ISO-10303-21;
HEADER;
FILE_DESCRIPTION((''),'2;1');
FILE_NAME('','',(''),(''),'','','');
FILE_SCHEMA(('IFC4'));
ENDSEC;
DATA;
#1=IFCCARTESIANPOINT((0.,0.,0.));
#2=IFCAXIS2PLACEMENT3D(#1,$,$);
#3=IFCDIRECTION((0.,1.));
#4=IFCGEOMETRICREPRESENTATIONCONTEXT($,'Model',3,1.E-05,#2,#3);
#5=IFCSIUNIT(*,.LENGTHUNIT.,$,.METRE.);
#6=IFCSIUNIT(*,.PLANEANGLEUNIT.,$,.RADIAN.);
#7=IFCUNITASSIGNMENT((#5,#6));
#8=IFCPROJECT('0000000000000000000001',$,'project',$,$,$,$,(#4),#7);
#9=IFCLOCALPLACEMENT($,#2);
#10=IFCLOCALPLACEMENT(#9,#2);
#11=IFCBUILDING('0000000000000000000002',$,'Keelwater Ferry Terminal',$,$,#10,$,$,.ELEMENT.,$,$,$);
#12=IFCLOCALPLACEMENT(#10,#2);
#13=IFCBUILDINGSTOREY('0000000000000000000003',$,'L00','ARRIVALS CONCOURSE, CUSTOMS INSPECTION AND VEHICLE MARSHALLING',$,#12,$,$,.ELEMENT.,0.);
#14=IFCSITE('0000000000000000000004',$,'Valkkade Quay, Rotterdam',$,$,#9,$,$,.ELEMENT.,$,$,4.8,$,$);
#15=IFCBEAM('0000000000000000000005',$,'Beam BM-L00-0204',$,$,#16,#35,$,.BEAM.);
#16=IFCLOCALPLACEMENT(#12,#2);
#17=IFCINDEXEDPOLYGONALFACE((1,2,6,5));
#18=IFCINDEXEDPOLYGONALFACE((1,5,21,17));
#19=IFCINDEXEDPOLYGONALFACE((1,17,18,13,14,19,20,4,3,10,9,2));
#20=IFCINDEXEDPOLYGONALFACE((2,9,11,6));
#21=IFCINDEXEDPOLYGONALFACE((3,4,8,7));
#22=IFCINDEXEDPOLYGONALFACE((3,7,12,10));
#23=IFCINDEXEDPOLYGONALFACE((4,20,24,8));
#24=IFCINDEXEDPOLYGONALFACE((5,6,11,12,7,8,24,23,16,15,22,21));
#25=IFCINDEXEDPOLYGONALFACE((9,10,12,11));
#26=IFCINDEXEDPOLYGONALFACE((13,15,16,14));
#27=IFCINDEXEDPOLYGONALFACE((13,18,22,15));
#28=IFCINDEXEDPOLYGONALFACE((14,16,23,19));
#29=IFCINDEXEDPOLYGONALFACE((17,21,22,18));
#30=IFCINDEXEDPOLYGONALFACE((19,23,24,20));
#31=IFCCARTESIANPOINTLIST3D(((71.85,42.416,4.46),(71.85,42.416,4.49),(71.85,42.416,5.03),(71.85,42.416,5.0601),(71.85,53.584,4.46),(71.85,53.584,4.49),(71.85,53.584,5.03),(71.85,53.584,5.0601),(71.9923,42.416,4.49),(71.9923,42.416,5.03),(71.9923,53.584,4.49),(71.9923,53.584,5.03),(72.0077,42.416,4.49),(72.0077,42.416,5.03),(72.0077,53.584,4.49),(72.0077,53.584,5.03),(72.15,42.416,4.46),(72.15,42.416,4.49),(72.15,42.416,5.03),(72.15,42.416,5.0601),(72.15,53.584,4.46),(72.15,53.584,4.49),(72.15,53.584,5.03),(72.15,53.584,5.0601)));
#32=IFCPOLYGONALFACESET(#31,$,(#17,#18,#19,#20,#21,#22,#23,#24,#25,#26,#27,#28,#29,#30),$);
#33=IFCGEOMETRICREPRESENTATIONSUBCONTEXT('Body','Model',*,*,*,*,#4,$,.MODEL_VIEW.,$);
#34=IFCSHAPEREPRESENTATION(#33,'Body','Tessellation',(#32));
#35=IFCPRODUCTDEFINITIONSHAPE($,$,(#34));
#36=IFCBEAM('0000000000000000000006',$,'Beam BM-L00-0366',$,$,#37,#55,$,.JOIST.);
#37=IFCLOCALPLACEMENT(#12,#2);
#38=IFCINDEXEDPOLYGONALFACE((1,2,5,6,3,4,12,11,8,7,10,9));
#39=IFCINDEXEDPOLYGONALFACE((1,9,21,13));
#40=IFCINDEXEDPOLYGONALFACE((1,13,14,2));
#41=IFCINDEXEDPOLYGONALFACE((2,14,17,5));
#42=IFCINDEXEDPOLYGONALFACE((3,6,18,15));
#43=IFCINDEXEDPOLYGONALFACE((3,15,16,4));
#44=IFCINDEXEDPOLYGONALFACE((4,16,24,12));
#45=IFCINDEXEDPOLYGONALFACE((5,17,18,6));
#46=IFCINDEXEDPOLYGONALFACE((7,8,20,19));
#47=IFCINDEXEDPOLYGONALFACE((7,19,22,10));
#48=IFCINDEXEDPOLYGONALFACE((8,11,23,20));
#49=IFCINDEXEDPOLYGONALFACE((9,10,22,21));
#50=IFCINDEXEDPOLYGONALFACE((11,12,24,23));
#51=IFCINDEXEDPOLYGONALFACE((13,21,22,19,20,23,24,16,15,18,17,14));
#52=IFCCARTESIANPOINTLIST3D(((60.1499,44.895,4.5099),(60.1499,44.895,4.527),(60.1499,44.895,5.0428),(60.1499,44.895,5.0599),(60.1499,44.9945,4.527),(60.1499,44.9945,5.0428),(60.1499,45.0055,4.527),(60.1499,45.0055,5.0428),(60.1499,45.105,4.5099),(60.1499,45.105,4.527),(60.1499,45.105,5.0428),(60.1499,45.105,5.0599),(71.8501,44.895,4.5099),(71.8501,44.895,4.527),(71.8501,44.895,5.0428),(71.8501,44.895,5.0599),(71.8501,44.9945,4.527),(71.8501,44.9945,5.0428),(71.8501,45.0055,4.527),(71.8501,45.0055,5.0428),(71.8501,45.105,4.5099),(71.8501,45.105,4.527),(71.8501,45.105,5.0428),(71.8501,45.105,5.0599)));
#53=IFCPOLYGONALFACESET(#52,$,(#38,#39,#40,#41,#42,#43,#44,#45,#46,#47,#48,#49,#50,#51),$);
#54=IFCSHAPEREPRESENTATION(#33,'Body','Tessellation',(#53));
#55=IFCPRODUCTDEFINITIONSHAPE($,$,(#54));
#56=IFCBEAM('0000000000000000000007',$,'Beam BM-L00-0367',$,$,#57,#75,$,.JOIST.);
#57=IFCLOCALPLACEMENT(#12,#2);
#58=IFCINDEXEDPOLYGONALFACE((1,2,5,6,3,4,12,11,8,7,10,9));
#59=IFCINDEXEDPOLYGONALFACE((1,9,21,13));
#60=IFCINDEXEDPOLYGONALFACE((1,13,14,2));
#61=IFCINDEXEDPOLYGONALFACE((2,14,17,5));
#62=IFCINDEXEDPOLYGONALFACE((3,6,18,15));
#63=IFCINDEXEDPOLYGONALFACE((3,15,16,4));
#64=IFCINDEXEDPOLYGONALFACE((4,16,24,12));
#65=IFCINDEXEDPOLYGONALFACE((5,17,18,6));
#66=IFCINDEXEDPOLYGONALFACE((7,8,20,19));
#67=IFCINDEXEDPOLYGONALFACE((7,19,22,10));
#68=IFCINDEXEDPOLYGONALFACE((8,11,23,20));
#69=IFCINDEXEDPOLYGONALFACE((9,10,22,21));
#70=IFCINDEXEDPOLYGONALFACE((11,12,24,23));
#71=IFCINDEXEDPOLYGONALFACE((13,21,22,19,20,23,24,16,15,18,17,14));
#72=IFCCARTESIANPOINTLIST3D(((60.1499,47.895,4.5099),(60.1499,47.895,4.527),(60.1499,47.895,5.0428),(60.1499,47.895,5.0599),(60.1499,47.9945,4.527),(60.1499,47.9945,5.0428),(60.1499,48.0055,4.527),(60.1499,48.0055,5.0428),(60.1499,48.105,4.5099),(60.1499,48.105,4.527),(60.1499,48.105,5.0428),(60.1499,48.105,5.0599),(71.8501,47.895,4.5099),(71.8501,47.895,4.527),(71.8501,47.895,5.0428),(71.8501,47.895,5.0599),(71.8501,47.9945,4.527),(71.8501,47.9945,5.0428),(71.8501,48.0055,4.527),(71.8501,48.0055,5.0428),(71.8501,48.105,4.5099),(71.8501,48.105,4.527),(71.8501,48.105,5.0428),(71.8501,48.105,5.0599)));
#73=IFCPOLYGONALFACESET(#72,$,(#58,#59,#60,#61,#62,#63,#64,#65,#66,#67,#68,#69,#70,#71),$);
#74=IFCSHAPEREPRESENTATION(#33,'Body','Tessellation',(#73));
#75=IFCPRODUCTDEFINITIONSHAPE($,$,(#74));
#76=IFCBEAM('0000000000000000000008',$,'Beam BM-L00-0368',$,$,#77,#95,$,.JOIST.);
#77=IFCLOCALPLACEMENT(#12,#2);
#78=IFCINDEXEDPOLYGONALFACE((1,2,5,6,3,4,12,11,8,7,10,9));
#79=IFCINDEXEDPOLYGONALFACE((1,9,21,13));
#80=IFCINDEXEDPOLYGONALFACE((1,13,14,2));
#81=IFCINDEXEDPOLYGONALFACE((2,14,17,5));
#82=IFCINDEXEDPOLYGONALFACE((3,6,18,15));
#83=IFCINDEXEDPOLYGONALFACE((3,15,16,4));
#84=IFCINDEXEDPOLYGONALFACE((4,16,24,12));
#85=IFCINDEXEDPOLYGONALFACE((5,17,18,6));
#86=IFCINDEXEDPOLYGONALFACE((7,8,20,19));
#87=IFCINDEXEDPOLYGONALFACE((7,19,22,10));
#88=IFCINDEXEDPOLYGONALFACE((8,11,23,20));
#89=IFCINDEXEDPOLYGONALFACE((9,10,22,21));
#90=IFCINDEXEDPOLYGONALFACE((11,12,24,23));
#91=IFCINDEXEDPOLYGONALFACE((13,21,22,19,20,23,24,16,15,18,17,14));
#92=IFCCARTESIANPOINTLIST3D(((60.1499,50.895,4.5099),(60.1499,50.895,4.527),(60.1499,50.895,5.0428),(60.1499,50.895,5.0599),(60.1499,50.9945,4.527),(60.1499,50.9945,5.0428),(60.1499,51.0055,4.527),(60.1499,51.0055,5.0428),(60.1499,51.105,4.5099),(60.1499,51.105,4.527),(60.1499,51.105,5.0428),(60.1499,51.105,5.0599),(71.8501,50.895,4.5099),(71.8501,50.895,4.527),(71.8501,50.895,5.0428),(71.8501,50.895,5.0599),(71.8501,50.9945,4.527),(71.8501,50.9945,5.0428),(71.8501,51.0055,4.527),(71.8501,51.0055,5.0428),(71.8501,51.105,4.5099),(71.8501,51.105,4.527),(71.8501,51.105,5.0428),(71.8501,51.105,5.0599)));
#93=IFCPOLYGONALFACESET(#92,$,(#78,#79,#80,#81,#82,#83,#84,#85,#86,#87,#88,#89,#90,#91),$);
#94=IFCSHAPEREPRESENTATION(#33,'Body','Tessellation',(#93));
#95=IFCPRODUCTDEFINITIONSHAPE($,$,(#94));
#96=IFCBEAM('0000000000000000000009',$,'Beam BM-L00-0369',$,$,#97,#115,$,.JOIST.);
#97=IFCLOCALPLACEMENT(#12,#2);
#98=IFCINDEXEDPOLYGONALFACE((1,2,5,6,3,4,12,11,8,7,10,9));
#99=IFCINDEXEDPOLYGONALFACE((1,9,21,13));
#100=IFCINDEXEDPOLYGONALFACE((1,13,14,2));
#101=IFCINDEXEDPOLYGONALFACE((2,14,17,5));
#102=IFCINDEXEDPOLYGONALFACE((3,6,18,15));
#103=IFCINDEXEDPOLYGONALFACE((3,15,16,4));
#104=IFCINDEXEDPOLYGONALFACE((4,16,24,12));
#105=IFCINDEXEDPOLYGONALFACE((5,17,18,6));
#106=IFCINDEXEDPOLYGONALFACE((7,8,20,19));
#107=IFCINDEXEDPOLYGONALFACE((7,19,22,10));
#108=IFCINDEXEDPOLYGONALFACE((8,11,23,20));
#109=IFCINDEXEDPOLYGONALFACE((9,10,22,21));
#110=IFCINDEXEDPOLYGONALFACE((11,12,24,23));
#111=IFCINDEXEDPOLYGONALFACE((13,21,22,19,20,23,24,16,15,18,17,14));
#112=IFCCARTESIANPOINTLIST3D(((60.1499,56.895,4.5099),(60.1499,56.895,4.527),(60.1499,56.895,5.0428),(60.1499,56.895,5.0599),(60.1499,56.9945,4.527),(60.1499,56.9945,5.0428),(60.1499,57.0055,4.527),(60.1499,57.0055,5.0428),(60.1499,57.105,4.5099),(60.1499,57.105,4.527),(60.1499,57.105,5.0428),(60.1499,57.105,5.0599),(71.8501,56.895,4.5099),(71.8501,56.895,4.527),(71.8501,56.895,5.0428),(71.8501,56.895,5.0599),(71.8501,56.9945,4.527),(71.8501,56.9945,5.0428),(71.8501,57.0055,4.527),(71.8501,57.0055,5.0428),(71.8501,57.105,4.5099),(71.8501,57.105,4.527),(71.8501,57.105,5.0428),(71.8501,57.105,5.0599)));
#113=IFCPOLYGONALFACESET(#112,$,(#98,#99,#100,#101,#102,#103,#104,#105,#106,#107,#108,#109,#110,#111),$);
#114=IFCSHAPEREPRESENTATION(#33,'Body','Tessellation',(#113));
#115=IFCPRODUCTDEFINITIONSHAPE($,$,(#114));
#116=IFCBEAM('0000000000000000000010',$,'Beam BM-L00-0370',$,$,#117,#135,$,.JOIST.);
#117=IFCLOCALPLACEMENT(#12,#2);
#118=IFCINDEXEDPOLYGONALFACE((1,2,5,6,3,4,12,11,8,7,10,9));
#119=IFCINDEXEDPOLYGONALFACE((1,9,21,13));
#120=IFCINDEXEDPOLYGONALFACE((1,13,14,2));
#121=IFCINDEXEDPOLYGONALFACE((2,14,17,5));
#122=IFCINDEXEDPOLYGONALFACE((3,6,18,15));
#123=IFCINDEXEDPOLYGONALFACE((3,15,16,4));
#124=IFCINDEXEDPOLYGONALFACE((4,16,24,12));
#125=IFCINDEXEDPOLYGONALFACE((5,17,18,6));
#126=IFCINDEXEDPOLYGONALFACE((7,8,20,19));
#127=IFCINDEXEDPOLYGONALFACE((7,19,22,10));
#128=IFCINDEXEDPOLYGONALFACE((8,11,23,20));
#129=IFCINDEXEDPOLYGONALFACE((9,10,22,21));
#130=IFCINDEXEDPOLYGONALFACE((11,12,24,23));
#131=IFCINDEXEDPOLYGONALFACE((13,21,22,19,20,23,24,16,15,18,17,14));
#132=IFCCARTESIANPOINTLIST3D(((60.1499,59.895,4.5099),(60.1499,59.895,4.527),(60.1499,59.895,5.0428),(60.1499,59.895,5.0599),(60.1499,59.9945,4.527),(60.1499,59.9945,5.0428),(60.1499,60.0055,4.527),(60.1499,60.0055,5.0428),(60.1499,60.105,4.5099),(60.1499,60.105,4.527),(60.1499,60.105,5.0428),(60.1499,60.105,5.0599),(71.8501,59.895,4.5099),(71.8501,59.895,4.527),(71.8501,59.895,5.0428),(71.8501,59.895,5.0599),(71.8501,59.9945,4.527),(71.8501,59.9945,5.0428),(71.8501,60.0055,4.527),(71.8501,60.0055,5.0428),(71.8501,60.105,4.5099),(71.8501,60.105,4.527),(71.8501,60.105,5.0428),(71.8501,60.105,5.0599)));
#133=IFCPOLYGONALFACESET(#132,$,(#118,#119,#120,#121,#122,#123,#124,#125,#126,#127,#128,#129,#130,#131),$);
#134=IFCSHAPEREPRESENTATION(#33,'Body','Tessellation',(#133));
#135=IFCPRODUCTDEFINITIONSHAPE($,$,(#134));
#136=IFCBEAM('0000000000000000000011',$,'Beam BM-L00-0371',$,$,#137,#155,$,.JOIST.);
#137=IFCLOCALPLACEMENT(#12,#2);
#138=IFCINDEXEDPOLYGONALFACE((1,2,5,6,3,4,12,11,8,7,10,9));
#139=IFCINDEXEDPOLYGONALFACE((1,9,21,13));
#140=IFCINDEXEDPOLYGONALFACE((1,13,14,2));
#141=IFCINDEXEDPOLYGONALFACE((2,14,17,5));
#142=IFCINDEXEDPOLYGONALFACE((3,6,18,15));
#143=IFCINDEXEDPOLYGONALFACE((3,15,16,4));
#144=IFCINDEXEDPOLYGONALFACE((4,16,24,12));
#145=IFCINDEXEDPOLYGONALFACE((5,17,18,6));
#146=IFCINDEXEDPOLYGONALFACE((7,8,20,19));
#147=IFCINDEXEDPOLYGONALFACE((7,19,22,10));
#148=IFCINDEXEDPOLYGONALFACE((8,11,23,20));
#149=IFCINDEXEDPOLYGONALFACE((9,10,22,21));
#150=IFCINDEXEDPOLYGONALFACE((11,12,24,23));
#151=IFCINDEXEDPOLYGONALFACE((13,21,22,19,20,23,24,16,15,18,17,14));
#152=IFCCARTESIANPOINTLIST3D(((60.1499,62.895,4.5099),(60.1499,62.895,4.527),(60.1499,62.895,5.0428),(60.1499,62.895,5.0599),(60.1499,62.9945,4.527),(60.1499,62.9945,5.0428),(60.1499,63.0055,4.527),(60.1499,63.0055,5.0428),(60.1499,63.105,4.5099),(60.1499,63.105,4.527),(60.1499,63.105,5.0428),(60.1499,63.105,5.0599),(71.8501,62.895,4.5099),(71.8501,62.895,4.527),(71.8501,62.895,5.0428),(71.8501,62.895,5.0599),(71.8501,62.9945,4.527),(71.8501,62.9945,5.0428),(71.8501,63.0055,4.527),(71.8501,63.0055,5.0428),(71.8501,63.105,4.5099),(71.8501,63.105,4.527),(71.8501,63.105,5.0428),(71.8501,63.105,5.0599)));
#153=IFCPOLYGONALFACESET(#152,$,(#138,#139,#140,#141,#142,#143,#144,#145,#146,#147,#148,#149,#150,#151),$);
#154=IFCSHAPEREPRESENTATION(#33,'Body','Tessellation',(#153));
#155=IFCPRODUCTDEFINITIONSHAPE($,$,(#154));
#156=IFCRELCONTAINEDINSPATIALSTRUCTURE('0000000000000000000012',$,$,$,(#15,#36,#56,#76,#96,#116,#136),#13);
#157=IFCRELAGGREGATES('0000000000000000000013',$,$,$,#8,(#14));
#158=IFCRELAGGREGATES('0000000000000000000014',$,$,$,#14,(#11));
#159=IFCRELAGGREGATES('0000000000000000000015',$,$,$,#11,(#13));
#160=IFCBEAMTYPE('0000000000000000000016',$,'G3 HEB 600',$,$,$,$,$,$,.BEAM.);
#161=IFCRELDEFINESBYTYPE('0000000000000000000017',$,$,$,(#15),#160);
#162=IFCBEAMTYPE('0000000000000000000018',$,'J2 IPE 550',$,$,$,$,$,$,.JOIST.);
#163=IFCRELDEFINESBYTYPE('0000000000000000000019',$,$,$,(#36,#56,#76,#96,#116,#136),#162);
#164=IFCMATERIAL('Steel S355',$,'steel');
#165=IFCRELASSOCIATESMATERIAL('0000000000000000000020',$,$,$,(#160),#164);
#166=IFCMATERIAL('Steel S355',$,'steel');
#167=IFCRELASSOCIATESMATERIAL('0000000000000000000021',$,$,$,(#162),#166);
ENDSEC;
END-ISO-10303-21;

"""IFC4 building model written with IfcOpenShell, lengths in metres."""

from ifc_helpers import new_model, si_unit, direction, frame, origin, origin_2d, place, context, subcontext, project, spatial, i_section, extrude, material, material_profile, profile_set, type_object, element, save


model = new_model("IFC4")

# Units and contexts
model_context = context("Model", 3, precision=1e-05, world=origin(), true_north=direction((0.0, 1.0)))
body_context = subcontext(model_context, "Body", "Model", "MODEL_VIEW")
ifc_project = project(units=[si_unit("LENGTHUNIT", "METRE"), si_unit("PLANEANGLEUNIT", "RADIAN")], contexts=[model_context])

# Site, building, storey
site_placement = place(None, origin())
site = spatial("IfcSite", under=ifc_project, at=site_placement, Name="Valkkade Quay, Rotterdam", CompositionType="ELEMENT", RefElevation=4.8)
building_placement = place(site_placement, origin())
building = spatial("IfcBuilding", under=site, at=building_placement, Name="Keelwater Ferry Terminal", CompositionType="ELEMENT")
storey_placement = place(building_placement, origin())
storey = spatial("IfcBuildingStorey", under=building, at=storey_placement, Name="L00", Description="ARRIVALS CONCOURSE, CUSTOMS INSPECTION AND VEHICLE MARSHALLING", CompositionType="ELEMENT", Elevation=0.0)

# Beams
ifc_material_1 = material(Name="Steel S355", Category="steel")
ifc_material_profile_1 = material_profile(ifc_material_1, i_section(OverallWidth=0.3, OverallDepth=0.6001, WebThickness=0.0154, FlangeThickness=0.03, at=origin_2d()), Name="HEB 600")
ifc_profile_set_1 = profile_set([ifc_material_profile_1], Name="Steel S355")
beam_type_1 = type_object("IfcBeamType", Name="G3 HEB 600", PredefinedType="BEAM", material=ifc_profile_set_1)
for number, where, z_axis, x_axis, name in (
    (1, (72.0, 42.416, 4.76), (0.0, 1.0, 0.0), (-1.0, 0.0, 0.0), "Beam BM-L00-0204"),
):
    element("IfcBeam", number, at=place(storey_placement, frame(where, z_axis=z_axis, x_axis=x_axis)), inside=storey, type_object=beam_type_1, Name=name, PredefinedType="BEAM", context=body_context, shape_type="SweptSolid", body=[
        extrude(i_section(OverallWidth=0.3, OverallDepth=0.6001, WebThickness=0.0154, FlangeThickness=0.03, at=origin_2d()), origin(), (0.0, 0.0, 1.0), 11.168),
    ])
ifc_material_2 = material(Name="Steel S355", Category="steel")
ifc_material_profile_2 = material_profile(ifc_material_2, i_section(OverallWidth=0.21, OverallDepth=0.55, WebThickness=0.011, FlangeThickness=0.0171, at=origin_2d()), Name="IPE 550")
ifc_profile_set_2 = profile_set([ifc_material_profile_2], Name="Steel S355")
beam_type_2 = type_object("IfcBeamType", Name="J2 IPE 550", PredefinedType="JOIST", material=ifc_profile_set_2)
for number, where, z_axis, x_axis, name in (
    (2, (60.1499, 45.0, 4.7849), (1.0, 0.0, 0.0), (0.0, 1.0, 0.0), "Beam BM-L00-0366"),
    (3, (60.1499, 48.0, 4.7849), (1.0, 0.0, 0.0), (0.0, 1.0, 0.0), "Beam BM-L00-0367"),
    (4, (60.1499, 51.0, 4.7849), (1.0, 0.0, 0.0), (0.0, 1.0, 0.0), "Beam BM-L00-0368"),
    (5, (60.1499, 57.0, 4.7849), (1.0, 0.0, 0.0), (0.0, 1.0, 0.0), "Beam BM-L00-0369"),
    (6, (60.1499, 60.0, 4.7849), (1.0, 0.0, 0.0), (0.0, 1.0, 0.0), "Beam BM-L00-0370"),
    (7, (60.1499, 63.0, 4.7849), (1.0, 0.0, 0.0), (0.0, 1.0, 0.0), "Beam BM-L00-0371"),
):
    element("IfcBeam", number, at=place(storey_placement, frame(where, z_axis=z_axis, x_axis=x_axis)), inside=storey, type_object=beam_type_2, Name=name, PredefinedType="JOIST", context=body_context, shape_type="SweptSolid", body=[
        extrude(i_section(OverallWidth=0.21, OverallDepth=0.55, WebThickness=0.011, FlangeThickness=0.0171, at=origin_2d()), origin(), (0.0, 0.0, 1.0), 11.7002),
    ])

save(model, "model.ifc")
